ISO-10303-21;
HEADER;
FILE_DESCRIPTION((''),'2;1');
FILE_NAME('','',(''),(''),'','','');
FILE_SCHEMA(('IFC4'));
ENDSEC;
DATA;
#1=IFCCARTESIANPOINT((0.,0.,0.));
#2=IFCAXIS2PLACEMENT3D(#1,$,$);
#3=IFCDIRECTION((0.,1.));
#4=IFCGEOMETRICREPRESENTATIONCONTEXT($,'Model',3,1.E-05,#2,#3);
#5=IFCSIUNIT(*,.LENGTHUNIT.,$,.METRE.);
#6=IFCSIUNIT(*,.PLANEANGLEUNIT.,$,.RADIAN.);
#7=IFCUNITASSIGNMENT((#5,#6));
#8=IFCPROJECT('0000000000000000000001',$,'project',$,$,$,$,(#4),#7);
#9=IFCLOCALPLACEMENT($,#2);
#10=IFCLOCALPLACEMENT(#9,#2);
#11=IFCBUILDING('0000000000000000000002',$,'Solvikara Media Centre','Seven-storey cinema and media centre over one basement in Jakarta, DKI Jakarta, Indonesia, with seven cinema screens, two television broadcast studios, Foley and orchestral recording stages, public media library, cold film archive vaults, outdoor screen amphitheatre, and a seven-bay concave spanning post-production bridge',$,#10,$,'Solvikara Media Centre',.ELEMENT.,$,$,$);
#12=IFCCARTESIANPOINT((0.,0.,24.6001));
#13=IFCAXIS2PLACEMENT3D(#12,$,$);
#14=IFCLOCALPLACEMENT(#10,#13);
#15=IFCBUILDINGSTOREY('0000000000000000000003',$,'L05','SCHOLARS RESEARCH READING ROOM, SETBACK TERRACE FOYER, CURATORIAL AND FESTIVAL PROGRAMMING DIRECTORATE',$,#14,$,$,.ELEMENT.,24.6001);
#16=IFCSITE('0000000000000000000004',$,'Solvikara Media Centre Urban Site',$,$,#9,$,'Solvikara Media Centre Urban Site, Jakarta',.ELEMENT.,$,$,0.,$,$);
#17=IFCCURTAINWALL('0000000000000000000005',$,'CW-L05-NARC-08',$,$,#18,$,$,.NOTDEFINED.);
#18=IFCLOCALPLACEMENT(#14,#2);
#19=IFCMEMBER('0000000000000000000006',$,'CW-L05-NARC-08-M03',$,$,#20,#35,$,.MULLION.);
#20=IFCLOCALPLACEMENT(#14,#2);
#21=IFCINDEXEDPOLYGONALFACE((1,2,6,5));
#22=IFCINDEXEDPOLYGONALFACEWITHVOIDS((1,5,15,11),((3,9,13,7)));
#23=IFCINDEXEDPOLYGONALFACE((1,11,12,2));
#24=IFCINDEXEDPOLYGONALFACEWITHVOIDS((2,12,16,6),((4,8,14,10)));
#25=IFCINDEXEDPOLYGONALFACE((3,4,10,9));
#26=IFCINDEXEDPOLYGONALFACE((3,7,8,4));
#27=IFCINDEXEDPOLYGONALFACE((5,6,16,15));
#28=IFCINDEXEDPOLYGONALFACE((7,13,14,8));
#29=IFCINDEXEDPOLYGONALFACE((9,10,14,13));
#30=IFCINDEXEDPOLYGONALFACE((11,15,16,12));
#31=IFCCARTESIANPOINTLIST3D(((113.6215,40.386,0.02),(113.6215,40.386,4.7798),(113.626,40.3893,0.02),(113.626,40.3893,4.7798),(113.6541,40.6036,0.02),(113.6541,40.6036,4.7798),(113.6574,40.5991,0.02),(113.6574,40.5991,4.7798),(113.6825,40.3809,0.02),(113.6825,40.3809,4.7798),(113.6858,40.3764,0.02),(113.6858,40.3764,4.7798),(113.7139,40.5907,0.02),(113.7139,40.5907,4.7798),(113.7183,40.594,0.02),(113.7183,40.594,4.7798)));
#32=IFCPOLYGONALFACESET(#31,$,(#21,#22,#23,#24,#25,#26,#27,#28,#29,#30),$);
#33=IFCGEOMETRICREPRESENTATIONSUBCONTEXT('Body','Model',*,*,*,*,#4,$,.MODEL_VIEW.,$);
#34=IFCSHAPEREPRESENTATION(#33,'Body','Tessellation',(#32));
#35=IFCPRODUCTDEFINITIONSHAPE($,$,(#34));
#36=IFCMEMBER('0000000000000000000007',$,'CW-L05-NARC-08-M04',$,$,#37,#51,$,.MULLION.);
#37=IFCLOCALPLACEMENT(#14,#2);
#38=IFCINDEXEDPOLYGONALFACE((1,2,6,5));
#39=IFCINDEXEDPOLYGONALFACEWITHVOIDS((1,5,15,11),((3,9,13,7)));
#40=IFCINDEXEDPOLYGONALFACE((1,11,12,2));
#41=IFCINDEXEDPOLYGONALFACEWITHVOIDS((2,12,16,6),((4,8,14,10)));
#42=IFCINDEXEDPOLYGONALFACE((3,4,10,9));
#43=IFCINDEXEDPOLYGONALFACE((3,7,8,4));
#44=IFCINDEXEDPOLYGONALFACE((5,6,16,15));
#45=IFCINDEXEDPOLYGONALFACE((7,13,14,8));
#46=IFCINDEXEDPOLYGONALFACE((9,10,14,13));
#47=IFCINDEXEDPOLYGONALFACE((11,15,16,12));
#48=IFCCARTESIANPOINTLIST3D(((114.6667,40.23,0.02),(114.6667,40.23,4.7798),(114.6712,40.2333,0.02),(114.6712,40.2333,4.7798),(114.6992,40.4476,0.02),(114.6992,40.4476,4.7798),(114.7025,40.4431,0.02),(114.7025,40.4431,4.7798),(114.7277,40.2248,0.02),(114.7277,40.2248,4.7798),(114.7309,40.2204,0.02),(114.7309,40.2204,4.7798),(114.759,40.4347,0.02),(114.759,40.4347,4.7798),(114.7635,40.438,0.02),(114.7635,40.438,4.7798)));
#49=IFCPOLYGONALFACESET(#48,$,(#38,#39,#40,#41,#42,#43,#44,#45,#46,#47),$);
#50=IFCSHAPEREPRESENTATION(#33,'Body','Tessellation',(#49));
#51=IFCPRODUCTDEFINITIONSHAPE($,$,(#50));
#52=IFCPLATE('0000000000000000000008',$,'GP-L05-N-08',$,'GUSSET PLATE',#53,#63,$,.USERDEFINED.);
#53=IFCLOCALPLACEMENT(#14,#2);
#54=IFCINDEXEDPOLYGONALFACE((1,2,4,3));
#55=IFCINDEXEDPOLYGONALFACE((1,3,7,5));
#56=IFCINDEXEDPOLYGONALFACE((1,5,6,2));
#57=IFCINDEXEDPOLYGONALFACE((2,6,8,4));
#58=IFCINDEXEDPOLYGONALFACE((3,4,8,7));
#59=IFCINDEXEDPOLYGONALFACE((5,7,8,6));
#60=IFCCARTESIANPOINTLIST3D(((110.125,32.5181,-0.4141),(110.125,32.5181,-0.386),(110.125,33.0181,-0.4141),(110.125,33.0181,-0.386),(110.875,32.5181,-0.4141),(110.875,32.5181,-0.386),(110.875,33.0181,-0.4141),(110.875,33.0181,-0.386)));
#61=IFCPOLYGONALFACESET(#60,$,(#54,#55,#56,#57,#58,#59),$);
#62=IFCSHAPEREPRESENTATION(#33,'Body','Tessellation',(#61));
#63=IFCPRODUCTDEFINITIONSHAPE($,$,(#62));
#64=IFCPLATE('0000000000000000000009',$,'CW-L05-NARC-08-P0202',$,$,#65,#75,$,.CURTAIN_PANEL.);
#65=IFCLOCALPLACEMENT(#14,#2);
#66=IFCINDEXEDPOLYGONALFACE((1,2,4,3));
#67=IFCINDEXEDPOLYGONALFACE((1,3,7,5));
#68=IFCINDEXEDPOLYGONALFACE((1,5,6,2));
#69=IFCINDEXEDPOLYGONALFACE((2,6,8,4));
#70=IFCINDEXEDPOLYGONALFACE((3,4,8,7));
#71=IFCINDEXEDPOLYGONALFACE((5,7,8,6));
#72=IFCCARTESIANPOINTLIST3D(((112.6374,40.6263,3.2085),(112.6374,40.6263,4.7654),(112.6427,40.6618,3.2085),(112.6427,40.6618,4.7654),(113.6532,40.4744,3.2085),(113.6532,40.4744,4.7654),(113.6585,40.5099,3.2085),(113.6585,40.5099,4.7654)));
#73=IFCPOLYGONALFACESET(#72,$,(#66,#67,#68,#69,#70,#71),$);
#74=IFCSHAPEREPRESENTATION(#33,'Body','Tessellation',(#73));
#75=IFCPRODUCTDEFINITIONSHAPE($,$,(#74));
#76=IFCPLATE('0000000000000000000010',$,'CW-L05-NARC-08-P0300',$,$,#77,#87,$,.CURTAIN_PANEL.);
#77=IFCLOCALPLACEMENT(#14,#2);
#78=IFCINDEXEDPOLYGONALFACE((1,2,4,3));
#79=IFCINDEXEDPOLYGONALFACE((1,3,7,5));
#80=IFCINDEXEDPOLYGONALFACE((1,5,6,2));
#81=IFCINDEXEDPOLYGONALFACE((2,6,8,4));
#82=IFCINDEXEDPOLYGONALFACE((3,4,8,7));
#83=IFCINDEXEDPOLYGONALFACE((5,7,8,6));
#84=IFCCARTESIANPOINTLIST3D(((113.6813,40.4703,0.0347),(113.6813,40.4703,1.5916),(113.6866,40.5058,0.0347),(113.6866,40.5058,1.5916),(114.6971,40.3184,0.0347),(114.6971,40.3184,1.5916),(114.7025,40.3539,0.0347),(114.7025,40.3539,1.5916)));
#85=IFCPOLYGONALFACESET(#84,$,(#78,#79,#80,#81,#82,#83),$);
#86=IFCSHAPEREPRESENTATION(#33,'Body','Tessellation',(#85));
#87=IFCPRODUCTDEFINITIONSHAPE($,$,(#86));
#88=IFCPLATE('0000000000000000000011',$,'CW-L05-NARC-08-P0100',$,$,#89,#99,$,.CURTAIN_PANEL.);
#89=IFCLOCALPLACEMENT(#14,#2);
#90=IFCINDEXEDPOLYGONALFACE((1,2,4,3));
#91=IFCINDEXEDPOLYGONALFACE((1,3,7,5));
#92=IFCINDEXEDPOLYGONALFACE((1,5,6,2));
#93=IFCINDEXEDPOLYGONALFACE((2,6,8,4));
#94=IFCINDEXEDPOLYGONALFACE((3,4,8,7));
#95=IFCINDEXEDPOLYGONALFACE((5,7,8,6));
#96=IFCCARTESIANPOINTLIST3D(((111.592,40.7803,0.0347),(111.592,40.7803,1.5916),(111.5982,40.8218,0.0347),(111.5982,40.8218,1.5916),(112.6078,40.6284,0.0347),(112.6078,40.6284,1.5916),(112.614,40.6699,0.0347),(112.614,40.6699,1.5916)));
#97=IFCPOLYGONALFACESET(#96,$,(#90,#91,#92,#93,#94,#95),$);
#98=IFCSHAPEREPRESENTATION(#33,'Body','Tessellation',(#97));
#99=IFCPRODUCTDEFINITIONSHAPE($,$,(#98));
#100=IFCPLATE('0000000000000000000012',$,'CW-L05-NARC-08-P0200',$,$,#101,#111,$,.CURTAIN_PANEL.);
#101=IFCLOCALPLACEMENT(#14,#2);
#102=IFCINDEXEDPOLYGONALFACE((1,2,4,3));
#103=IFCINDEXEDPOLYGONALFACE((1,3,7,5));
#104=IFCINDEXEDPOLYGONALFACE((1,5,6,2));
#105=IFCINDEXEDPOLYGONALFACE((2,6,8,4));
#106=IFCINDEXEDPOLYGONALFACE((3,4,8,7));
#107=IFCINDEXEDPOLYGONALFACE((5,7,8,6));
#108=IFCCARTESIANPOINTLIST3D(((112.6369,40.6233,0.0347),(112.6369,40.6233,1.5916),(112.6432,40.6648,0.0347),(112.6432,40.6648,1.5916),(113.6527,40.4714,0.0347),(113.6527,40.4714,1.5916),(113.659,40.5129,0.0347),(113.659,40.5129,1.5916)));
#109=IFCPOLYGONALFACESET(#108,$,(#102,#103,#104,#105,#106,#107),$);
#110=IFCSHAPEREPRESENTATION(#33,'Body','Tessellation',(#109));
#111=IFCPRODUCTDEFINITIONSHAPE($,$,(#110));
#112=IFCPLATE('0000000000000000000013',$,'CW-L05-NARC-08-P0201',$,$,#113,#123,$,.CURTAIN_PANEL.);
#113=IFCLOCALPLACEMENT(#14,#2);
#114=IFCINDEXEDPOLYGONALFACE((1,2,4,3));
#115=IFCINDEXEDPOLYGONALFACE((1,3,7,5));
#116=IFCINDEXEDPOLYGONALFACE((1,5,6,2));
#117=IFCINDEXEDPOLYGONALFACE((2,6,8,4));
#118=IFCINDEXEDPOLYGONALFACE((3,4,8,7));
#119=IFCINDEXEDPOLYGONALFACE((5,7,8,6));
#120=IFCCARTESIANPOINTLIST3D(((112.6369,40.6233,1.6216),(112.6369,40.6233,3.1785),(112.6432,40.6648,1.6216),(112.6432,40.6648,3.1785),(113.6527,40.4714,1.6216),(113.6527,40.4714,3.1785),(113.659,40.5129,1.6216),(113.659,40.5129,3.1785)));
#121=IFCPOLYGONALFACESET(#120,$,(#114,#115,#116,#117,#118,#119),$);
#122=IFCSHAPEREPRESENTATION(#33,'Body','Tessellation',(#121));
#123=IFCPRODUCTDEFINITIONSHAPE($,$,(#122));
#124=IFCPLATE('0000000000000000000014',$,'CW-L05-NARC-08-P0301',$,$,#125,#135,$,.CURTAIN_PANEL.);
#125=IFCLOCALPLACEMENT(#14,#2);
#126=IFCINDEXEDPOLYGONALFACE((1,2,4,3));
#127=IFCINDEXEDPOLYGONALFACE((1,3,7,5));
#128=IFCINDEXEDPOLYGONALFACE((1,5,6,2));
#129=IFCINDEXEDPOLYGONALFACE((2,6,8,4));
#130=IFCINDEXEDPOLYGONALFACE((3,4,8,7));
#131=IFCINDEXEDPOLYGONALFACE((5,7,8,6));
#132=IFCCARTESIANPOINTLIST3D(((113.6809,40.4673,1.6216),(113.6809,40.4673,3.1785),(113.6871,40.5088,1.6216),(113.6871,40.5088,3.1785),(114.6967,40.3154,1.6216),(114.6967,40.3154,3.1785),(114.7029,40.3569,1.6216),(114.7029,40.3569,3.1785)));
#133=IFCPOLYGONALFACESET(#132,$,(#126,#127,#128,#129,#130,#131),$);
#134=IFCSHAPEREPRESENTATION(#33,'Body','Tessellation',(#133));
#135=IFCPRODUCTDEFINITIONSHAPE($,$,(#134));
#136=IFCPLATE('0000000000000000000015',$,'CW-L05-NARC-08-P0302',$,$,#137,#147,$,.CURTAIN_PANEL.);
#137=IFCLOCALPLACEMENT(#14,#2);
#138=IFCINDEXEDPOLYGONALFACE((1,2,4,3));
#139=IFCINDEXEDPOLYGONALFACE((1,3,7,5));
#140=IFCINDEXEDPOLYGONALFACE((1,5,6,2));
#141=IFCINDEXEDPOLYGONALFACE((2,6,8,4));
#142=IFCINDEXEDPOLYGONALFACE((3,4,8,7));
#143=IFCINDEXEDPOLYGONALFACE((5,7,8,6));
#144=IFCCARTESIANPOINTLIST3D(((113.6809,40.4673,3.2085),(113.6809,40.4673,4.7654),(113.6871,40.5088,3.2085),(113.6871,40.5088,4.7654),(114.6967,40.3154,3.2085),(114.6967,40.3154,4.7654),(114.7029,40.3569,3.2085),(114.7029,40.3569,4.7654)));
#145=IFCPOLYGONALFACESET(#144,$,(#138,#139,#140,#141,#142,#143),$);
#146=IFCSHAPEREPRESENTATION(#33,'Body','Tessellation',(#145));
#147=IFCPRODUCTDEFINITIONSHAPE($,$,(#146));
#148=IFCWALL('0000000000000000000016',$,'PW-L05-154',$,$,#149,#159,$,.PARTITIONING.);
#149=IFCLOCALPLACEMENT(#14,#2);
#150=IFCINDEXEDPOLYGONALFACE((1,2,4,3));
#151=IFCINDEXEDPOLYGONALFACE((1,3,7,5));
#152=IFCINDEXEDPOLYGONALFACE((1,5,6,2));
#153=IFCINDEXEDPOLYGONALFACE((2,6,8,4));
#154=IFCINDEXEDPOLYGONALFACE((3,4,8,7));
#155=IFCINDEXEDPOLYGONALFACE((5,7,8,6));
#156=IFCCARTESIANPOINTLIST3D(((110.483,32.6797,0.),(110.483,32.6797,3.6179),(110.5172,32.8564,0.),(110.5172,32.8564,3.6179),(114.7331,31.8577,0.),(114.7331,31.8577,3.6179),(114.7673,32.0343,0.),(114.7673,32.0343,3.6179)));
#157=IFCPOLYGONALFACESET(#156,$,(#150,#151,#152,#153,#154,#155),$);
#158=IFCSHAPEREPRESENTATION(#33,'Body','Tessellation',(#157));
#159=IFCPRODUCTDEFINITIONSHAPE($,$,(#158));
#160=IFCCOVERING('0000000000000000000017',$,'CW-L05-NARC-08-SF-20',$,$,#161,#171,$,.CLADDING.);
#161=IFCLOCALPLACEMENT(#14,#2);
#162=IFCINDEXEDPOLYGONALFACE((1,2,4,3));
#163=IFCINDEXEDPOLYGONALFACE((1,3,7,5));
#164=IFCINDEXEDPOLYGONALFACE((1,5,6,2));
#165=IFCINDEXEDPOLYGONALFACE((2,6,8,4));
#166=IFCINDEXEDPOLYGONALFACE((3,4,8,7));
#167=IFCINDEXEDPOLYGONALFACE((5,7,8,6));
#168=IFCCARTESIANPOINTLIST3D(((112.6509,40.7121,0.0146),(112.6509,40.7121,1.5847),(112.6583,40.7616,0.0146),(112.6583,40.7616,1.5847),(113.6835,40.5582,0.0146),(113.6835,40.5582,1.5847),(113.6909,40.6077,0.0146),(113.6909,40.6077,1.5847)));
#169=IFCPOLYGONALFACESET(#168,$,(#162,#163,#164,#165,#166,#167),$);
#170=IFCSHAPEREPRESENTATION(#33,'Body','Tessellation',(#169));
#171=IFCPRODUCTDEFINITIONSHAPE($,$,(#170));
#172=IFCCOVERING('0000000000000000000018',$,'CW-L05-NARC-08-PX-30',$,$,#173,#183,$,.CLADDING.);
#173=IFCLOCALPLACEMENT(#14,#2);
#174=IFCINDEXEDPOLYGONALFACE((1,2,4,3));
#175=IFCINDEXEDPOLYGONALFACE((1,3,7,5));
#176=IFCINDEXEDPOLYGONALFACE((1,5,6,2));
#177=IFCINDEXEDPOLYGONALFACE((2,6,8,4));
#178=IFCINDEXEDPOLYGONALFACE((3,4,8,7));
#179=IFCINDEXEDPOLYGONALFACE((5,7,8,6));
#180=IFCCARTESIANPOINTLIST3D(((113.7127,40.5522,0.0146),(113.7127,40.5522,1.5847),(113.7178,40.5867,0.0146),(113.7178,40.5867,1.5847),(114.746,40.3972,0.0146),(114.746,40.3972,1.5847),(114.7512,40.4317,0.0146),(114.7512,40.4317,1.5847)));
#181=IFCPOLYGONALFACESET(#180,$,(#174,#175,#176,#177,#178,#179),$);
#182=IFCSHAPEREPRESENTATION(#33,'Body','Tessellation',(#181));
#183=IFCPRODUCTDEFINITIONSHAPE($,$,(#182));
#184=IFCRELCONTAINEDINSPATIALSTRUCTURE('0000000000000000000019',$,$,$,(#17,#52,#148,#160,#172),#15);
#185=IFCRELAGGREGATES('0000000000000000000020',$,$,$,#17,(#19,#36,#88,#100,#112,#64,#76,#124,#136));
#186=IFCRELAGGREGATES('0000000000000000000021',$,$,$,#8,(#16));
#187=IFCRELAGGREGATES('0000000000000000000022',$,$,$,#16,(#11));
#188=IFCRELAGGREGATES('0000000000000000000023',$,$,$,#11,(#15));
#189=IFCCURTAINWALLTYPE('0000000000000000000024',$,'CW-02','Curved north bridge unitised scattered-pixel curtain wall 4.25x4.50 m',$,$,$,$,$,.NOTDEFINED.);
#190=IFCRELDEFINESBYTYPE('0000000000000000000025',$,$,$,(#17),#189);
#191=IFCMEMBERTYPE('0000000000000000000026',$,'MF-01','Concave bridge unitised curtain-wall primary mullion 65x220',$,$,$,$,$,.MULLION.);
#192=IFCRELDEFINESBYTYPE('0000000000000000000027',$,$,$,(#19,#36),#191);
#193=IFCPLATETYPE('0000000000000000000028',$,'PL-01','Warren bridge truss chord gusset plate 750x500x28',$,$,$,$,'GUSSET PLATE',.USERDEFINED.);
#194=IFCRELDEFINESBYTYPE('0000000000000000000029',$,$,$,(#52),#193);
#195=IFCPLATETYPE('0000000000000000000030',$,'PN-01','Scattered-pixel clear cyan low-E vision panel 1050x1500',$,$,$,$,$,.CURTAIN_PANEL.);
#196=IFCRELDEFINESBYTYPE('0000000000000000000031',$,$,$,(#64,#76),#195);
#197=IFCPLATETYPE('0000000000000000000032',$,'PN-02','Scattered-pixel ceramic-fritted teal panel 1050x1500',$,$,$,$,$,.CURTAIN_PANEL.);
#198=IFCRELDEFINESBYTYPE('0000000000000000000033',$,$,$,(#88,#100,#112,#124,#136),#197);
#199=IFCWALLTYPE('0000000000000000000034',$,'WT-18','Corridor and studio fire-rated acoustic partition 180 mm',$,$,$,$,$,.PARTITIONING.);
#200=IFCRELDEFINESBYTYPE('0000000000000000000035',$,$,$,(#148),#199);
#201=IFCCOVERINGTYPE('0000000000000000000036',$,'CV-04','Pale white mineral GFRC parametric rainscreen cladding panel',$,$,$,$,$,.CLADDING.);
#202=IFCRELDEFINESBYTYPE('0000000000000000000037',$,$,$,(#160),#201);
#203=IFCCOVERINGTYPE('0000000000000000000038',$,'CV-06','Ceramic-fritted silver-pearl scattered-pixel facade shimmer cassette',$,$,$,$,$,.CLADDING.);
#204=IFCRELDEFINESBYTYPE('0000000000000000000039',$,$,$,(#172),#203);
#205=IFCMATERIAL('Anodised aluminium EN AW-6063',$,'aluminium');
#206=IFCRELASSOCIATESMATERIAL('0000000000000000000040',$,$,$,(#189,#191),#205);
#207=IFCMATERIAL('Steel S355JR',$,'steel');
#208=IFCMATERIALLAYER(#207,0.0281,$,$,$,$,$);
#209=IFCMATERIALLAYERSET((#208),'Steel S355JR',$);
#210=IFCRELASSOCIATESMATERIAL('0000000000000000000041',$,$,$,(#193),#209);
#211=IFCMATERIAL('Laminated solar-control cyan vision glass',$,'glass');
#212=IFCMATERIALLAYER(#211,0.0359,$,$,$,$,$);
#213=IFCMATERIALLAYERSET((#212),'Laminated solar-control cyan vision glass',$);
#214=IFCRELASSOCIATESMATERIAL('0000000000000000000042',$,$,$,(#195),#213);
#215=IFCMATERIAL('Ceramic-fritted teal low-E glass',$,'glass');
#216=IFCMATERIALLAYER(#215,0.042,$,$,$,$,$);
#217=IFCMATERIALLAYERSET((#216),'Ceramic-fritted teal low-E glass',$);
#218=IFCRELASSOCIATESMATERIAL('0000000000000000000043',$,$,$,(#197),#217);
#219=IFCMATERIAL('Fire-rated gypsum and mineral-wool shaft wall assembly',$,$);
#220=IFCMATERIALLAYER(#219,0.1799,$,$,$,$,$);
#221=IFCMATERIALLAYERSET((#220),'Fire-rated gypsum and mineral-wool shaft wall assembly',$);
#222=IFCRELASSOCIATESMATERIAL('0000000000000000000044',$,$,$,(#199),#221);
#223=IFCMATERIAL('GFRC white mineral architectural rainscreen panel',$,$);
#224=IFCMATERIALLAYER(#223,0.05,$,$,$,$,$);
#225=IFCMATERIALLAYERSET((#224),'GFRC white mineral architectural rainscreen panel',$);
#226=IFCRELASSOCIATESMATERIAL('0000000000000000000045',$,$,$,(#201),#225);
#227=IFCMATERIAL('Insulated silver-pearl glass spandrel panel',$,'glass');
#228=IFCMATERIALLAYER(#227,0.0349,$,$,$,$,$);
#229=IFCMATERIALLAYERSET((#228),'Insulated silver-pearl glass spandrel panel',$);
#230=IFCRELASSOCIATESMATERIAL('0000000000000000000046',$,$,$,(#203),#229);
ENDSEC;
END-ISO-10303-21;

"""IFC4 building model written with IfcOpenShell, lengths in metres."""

from ifc_helpers import new_model, si_unit, direction, frame, frame_2d, origin, origin_2d, place, context, subcontext, project, spatial, rectangle, hollow_rectangle, extrude, material, layer, layer_set, material_profile, profile_set, type_object, element, aggregate, save


model = new_model("IFC4")

# Units and contexts
model_context = context("Model", 3, precision=1e-05, world=origin(), true_north=direction((0.0, 1.0)))
body_context = subcontext(model_context, "Body", "Model", "MODEL_VIEW")
ifc_project = project(units=[si_unit("LENGTHUNIT", "METRE"), si_unit("PLANEANGLEUNIT", "RADIAN")], contexts=[model_context])

# Site, building, storey
site_placement = place(None, origin())
site = spatial("IfcSite", under=ifc_project, at=site_placement, Name="Solvikara Media Centre Urban Site", LongName="Solvikara Media Centre Urban Site, Jakarta", CompositionType="ELEMENT", RefElevation=0.0)
building_placement = place(site_placement, origin())
building = spatial("IfcBuilding", under=site, at=building_placement, Name="Solvikara Media Centre", Description="Seven-storey cinema and media centre over one basement in Jakarta, DKI Jakarta, Indonesia, with seven cinema screens, two television broadcast studios, Foley and orchestral recording stages, public media library, cold film archive vaults, outdoor screen amphitheatre, and a seven-bay concave spanning post-production bridge", LongName="Solvikara Media Centre", CompositionType="ELEMENT")
storey_placement = place(building_placement, frame((0.0, 0.0, 24.6001)))
storey = spatial("IfcBuildingStorey", under=building, at=storey_placement, Name="L05", Description="SCHOLARS RESEARCH READING ROOM, SETBACK TERRACE FOYER, CURATORIAL AND FESTIVAL PROGRAMMING DIRECTORATE", CompositionType="ELEMENT", Elevation=24.6001)

# Shared definitions
ifc_material_1 = material(Name="Steel S355JR", Category="steel")

# Curtain wall, members
ifc_material_2 = material(Name="Anodised aluminium EN AW-6063", Category="aluminium")
curtain_wall_type = type_object("IfcCurtainWallType", Name="CW-02", Description="Curved north bridge unitised scattered-pixel curtain wall 4.25x4.50 m", PredefinedType="NOTDEFINED", material=ifc_material_2)
curtain_wall_placement = place(storey_placement, origin())
curtain_wall = element("IfcCurtainWall", 1, at=curtain_wall_placement, inside=storey, type_object=curtain_wall_type, Name="CW-L05-NARC-08", PredefinedType="NOTDEFINED")
ifc_material_profile_1 = material_profile(ifc_material_2, hollow_rectangle(XDim=0.0649, YDim=0.22, WallThickness=0.0039, at=origin_2d()), Name="ALU-M 65x220x4")
ifc_profile_set_1 = profile_set([ifc_material_profile_1], Name="Anodised aluminium EN AW-6063")
member_type_1 = type_object("IfcMemberType", Name="MF-01", Description="Concave bridge unitised curtain-wall primary mullion 65x220", PredefinedType="MULLION", material=ifc_profile_set_1)
member_1_placement = place(storey_placement, frame((113.6699, 40.49, 0.02), z_axis=(0.0, 0.0, 1.0), x_axis=(0.989006, -0.147878, 0.0)))
member_1 = element("IfcMember", 2, at=member_1_placement, type_object=member_type_1, Name="CW-L05-NARC-08-M03", PredefinedType="MULLION", context=body_context, shape_type="SweptSolid", body=[
    extrude(hollow_rectangle(XDim=0.0649, YDim=0.22, WallThickness=0.0039, at=origin_2d()), origin(), (0.0, 0.0, 1.0), 4.7598),
])
member_2_placement = place(storey_placement, frame((114.7151, 40.334, 0.02), z_axis=(0.0, 0.0, 1.0), x_axis=(0.989006, -0.147878, 0.0)))
member_2 = element("IfcMember", 3, at=member_2_placement, type_object=member_type_1, Name="CW-L05-NARC-08-M04", PredefinedType="MULLION", context=body_context, shape_type="SweptSolid", body=[
    extrude(hollow_rectangle(XDim=0.0649, YDim=0.22, WallThickness=0.0039, at=origin_2d()), origin(), (0.0, 0.0, 1.0), 4.7598),
])

# Plates
ifc_layer_1 = layer(ifc_material_1, 0.0281)
ifc_layer_set_1 = layer_set([ifc_layer_1], Name="Steel S355JR")
plate_type_1 = type_object("IfcPlateType", Name="PL-01", Description="Warren bridge truss chord gusset plate 750x500x28", ElementType="GUSSET PLATE", PredefinedType="USERDEFINED", material=ifc_layer_set_1)
plate_1_placement = place(storey_placement, frame((110.5, 32.7681, -0.4141), z_axis=(0.0, 0.0, 1.0), x_axis=(1.0, 0.0, 0.0)))
element("IfcPlate", 4, at=plate_1_placement, inside=storey, type_object=plate_type_1, Name="GP-L05-N-08", ObjectType="GUSSET PLATE", PredefinedType="USERDEFINED", context=body_context, shape_type="SweptSolid", body=[
    extrude(rectangle(XDim=0.75, YDim=0.5, at=origin_2d()), origin(), (0.0, 0.0, 1.0), 0.0281),
])
ifc_material_3 = material(Name="Laminated solar-control cyan vision glass", Category="glass")
ifc_layer_2 = layer(ifc_material_3, 0.0359)
ifc_layer_set_2 = layer_set([ifc_layer_2], Name="Laminated solar-control cyan vision glass")
plate_type_2 = type_object("IfcPlateType", Name="PN-01", Description="Scattered-pixel clear cyan low-E vision panel 1050x1500", PredefinedType="CURTAIN_PANEL", material=ifc_layer_set_2)
plate_2_placement = place(storey_placement, frame((113.1479, 40.5681, 3.2085), z_axis=(0.0, 0.0, 1.0), x_axis=(0.989006, -0.147878, 0.0)))
plate_2 = element("IfcPlate", 5, at=plate_2_placement, type_object=plate_type_2, Name="CW-L05-NARC-08-P0202", PredefinedType="CURTAIN_PANEL", context=body_context, shape_type="SweptSolid", body=[
    extrude(rectangle(XDim=1.0271, YDim=0.0359, at=origin_2d()), origin(), (0.0, 0.0, 1.0), 1.5569),
])
plate_3_placement = place(storey_placement, frame((114.1919, 40.4121, 0.0347), z_axis=(0.0, 0.0, 1.0), x_axis=(0.989006, -0.147878, 0.0)))
plate_3 = element("IfcPlate", 6, at=plate_3_placement, type_object=plate_type_2, Name="CW-L05-NARC-08-P0300", PredefinedType="CURTAIN_PANEL", context=body_context, shape_type="SweptSolid", body=[
    extrude(rectangle(XDim=1.0271, YDim=0.0359, at=origin_2d()), origin(), (0.0, 0.0, 1.0), 1.5569),
])
ifc_material_4 = material(Name="Ceramic-fritted teal low-E glass", Category="glass")
ifc_layer_3 = layer(ifc_material_4, 0.042)
ifc_layer_set_3 = layer_set([ifc_layer_3], Name="Ceramic-fritted teal low-E glass")
plate_type_3 = type_object("IfcPlateType", Name="PN-02", Description="Scattered-pixel ceramic-fritted teal panel 1050x1500", PredefinedType="CURTAIN_PANEL", material=ifc_layer_set_3)
plate_4_placement = place(storey_placement, frame((112.103, 40.7251, 0.0347), z_axis=(0.0, 0.0, 1.0), x_axis=(0.989006, -0.147878, 0.0)))
plate_4 = element("IfcPlate", 7, at=plate_4_placement, type_object=plate_type_3, Name="CW-L05-NARC-08-P0100", PredefinedType="CURTAIN_PANEL", context=body_context, shape_type="SweptSolid", body=[
    extrude(rectangle(XDim=1.0271, YDim=0.042, at=origin_2d()), origin(), (0.0, 0.0, 1.0), 1.5569),
])
plate_5_placement = place(storey_placement, frame((113.1479, 40.5681, 0.0347), z_axis=(0.0, 0.0, 1.0), x_axis=(0.989006, -0.147878, 0.0)))
plate_5 = element("IfcPlate", 8, at=plate_5_placement, type_object=plate_type_3, Name="CW-L05-NARC-08-P0200", PredefinedType="CURTAIN_PANEL", context=body_context, shape_type="SweptSolid", body=[
    extrude(rectangle(XDim=1.0271, YDim=0.042, at=origin_2d()), origin(), (0.0, 0.0, 1.0), 1.5569),
])
plate_6_placement = place(storey_placement, frame((113.1479, 40.5681, 1.6216), z_axis=(0.0, 0.0, 1.0), x_axis=(0.989006, -0.147878, 0.0)))
plate_6 = element("IfcPlate", 9, at=plate_6_placement, type_object=plate_type_3, Name="CW-L05-NARC-08-P0201", PredefinedType="CURTAIN_PANEL", context=body_context, shape_type="SweptSolid", body=[
    extrude(rectangle(XDim=1.0271, YDim=0.042, at=origin_2d()), origin(), (0.0, 0.0, 1.0), 1.5569),
])
plate_7_placement = place(storey_placement, frame((114.1919, 40.4121, 1.6216), z_axis=(0.0, 0.0, 1.0), x_axis=(0.989006, -0.147878, 0.0)))
plate_7 = element("IfcPlate", 10, at=plate_7_placement, type_object=plate_type_3, Name="CW-L05-NARC-08-P0301", PredefinedType="CURTAIN_PANEL", context=body_context, shape_type="SweptSolid", body=[
    extrude(rectangle(XDim=1.0271, YDim=0.042, at=origin_2d()), origin(), (0.0, 0.0, 1.0), 1.5569),
])
plate_8_placement = place(storey_placement, frame((114.1919, 40.4121, 3.2085), z_axis=(0.0, 0.0, 1.0), x_axis=(0.989006, -0.147878, 0.0)))
plate_8 = element("IfcPlate", 11, at=plate_8_placement, type_object=plate_type_3, Name="CW-L05-NARC-08-P0302", PredefinedType="CURTAIN_PANEL", context=body_context, shape_type="SweptSolid", body=[
    extrude(rectangle(XDim=1.0271, YDim=0.042, at=origin_2d()), origin(), (0.0, 0.0, 1.0), 1.5569),
])
aggregate(curtain_wall, [member_1, member_2, plate_4, plate_5, plate_6, plate_2, plate_3, plate_7, plate_8])

# Wall
ifc_material_5 = material(Name="Fire-rated gypsum and mineral-wool shaft wall assembly")
ifc_layer_4 = layer(ifc_material_5, 0.1799)
ifc_layer_set_4 = layer_set([ifc_layer_4], Name="Fire-rated gypsum and mineral-wool shaft wall assembly")
wall_type = type_object("IfcWallType", Name="WT-18", Description="Corridor and studio fire-rated acoustic partition 180 mm", PredefinedType="PARTITIONING", material=ifc_layer_set_4)
wall_placement = place(storey_placement, frame((110.5, 32.7681, 0.0), z_axis=(0.0, 0.0, 1.0), x_axis=(0.981804, -0.189897, 0.0)))
element("IfcWall", 12, at=wall_placement, inside=storey, type_object=wall_type, Name="PW-L05-154", PredefinedType="PARTITIONING", context=body_context, shape_type="SweptSolid", body=[
    extrude(rectangle(XDim=4.3289, YDim=0.1799, at=frame_2d((2.1646, 0.0))), origin(), (0.0, 0.0, 1.0), 3.6179),
])

# Coverings
ifc_material_6 = material(Name="GFRC white mineral architectural rainscreen panel")
ifc_layer_5 = layer(ifc_material_6, 0.05)
ifc_layer_set_5 = layer_set([ifc_layer_5], Name="GFRC white mineral architectural rainscreen panel")
covering_type_1 = type_object("IfcCoveringType", Name="CV-04", Description="Pale white mineral GFRC parametric rainscreen cladding panel", PredefinedType="CLADDING", material=ifc_layer_set_5)
covering_1_placement = place(storey_placement, frame((113.1709, 40.6599, 0.0146), z_axis=(0.0, 0.0, 1.0), x_axis=(0.98907, -0.147447, 0.0)))
element("IfcCovering", 13, at=covering_1_placement, inside=storey, type_object=covering_type_1, Name="CW-L05-NARC-08-SF-20", PredefinedType="CLADDING", context=body_context, shape_type="SweptSolid", body=[
    extrude(rectangle(XDim=1.0439, YDim=0.05, at=origin_2d()), origin(), (0.0, 0.0, 1.0), 1.5701),
])
ifc_material_7 = material(Name="Insulated silver-pearl glass spandrel panel", Category="glass")
ifc_layer_6 = layer(ifc_material_7, 0.0349)
ifc_layer_set_6 = layer_set([ifc_layer_6], Name="Insulated silver-pearl glass spandrel panel")
covering_type_2 = type_object("IfcCoveringType", Name="CV-06", Description="Ceramic-fritted silver-pearl scattered-pixel facade shimmer cassette", PredefinedType="CLADDING", material=ifc_layer_set_6)
covering_2_placement = place(storey_placement, frame((114.2319, 40.4919, 0.0146), z_axis=(0.0, 0.0, 1.0), x_axis=(0.988931, -0.148379, 0.0)))
element("IfcCovering", 14, at=covering_2_placement, inside=storey, type_object=covering_type_2, Name="CW-L05-NARC-08-PX-30", PredefinedType="CLADDING", context=body_context, shape_type="SweptSolid", body=[
    extrude(rectangle(XDim=1.0449, YDim=0.0349, at=origin_2d()), origin(), (0.0, 0.0, 1.0), 1.5701),
])

save(model, "model.ifc")
